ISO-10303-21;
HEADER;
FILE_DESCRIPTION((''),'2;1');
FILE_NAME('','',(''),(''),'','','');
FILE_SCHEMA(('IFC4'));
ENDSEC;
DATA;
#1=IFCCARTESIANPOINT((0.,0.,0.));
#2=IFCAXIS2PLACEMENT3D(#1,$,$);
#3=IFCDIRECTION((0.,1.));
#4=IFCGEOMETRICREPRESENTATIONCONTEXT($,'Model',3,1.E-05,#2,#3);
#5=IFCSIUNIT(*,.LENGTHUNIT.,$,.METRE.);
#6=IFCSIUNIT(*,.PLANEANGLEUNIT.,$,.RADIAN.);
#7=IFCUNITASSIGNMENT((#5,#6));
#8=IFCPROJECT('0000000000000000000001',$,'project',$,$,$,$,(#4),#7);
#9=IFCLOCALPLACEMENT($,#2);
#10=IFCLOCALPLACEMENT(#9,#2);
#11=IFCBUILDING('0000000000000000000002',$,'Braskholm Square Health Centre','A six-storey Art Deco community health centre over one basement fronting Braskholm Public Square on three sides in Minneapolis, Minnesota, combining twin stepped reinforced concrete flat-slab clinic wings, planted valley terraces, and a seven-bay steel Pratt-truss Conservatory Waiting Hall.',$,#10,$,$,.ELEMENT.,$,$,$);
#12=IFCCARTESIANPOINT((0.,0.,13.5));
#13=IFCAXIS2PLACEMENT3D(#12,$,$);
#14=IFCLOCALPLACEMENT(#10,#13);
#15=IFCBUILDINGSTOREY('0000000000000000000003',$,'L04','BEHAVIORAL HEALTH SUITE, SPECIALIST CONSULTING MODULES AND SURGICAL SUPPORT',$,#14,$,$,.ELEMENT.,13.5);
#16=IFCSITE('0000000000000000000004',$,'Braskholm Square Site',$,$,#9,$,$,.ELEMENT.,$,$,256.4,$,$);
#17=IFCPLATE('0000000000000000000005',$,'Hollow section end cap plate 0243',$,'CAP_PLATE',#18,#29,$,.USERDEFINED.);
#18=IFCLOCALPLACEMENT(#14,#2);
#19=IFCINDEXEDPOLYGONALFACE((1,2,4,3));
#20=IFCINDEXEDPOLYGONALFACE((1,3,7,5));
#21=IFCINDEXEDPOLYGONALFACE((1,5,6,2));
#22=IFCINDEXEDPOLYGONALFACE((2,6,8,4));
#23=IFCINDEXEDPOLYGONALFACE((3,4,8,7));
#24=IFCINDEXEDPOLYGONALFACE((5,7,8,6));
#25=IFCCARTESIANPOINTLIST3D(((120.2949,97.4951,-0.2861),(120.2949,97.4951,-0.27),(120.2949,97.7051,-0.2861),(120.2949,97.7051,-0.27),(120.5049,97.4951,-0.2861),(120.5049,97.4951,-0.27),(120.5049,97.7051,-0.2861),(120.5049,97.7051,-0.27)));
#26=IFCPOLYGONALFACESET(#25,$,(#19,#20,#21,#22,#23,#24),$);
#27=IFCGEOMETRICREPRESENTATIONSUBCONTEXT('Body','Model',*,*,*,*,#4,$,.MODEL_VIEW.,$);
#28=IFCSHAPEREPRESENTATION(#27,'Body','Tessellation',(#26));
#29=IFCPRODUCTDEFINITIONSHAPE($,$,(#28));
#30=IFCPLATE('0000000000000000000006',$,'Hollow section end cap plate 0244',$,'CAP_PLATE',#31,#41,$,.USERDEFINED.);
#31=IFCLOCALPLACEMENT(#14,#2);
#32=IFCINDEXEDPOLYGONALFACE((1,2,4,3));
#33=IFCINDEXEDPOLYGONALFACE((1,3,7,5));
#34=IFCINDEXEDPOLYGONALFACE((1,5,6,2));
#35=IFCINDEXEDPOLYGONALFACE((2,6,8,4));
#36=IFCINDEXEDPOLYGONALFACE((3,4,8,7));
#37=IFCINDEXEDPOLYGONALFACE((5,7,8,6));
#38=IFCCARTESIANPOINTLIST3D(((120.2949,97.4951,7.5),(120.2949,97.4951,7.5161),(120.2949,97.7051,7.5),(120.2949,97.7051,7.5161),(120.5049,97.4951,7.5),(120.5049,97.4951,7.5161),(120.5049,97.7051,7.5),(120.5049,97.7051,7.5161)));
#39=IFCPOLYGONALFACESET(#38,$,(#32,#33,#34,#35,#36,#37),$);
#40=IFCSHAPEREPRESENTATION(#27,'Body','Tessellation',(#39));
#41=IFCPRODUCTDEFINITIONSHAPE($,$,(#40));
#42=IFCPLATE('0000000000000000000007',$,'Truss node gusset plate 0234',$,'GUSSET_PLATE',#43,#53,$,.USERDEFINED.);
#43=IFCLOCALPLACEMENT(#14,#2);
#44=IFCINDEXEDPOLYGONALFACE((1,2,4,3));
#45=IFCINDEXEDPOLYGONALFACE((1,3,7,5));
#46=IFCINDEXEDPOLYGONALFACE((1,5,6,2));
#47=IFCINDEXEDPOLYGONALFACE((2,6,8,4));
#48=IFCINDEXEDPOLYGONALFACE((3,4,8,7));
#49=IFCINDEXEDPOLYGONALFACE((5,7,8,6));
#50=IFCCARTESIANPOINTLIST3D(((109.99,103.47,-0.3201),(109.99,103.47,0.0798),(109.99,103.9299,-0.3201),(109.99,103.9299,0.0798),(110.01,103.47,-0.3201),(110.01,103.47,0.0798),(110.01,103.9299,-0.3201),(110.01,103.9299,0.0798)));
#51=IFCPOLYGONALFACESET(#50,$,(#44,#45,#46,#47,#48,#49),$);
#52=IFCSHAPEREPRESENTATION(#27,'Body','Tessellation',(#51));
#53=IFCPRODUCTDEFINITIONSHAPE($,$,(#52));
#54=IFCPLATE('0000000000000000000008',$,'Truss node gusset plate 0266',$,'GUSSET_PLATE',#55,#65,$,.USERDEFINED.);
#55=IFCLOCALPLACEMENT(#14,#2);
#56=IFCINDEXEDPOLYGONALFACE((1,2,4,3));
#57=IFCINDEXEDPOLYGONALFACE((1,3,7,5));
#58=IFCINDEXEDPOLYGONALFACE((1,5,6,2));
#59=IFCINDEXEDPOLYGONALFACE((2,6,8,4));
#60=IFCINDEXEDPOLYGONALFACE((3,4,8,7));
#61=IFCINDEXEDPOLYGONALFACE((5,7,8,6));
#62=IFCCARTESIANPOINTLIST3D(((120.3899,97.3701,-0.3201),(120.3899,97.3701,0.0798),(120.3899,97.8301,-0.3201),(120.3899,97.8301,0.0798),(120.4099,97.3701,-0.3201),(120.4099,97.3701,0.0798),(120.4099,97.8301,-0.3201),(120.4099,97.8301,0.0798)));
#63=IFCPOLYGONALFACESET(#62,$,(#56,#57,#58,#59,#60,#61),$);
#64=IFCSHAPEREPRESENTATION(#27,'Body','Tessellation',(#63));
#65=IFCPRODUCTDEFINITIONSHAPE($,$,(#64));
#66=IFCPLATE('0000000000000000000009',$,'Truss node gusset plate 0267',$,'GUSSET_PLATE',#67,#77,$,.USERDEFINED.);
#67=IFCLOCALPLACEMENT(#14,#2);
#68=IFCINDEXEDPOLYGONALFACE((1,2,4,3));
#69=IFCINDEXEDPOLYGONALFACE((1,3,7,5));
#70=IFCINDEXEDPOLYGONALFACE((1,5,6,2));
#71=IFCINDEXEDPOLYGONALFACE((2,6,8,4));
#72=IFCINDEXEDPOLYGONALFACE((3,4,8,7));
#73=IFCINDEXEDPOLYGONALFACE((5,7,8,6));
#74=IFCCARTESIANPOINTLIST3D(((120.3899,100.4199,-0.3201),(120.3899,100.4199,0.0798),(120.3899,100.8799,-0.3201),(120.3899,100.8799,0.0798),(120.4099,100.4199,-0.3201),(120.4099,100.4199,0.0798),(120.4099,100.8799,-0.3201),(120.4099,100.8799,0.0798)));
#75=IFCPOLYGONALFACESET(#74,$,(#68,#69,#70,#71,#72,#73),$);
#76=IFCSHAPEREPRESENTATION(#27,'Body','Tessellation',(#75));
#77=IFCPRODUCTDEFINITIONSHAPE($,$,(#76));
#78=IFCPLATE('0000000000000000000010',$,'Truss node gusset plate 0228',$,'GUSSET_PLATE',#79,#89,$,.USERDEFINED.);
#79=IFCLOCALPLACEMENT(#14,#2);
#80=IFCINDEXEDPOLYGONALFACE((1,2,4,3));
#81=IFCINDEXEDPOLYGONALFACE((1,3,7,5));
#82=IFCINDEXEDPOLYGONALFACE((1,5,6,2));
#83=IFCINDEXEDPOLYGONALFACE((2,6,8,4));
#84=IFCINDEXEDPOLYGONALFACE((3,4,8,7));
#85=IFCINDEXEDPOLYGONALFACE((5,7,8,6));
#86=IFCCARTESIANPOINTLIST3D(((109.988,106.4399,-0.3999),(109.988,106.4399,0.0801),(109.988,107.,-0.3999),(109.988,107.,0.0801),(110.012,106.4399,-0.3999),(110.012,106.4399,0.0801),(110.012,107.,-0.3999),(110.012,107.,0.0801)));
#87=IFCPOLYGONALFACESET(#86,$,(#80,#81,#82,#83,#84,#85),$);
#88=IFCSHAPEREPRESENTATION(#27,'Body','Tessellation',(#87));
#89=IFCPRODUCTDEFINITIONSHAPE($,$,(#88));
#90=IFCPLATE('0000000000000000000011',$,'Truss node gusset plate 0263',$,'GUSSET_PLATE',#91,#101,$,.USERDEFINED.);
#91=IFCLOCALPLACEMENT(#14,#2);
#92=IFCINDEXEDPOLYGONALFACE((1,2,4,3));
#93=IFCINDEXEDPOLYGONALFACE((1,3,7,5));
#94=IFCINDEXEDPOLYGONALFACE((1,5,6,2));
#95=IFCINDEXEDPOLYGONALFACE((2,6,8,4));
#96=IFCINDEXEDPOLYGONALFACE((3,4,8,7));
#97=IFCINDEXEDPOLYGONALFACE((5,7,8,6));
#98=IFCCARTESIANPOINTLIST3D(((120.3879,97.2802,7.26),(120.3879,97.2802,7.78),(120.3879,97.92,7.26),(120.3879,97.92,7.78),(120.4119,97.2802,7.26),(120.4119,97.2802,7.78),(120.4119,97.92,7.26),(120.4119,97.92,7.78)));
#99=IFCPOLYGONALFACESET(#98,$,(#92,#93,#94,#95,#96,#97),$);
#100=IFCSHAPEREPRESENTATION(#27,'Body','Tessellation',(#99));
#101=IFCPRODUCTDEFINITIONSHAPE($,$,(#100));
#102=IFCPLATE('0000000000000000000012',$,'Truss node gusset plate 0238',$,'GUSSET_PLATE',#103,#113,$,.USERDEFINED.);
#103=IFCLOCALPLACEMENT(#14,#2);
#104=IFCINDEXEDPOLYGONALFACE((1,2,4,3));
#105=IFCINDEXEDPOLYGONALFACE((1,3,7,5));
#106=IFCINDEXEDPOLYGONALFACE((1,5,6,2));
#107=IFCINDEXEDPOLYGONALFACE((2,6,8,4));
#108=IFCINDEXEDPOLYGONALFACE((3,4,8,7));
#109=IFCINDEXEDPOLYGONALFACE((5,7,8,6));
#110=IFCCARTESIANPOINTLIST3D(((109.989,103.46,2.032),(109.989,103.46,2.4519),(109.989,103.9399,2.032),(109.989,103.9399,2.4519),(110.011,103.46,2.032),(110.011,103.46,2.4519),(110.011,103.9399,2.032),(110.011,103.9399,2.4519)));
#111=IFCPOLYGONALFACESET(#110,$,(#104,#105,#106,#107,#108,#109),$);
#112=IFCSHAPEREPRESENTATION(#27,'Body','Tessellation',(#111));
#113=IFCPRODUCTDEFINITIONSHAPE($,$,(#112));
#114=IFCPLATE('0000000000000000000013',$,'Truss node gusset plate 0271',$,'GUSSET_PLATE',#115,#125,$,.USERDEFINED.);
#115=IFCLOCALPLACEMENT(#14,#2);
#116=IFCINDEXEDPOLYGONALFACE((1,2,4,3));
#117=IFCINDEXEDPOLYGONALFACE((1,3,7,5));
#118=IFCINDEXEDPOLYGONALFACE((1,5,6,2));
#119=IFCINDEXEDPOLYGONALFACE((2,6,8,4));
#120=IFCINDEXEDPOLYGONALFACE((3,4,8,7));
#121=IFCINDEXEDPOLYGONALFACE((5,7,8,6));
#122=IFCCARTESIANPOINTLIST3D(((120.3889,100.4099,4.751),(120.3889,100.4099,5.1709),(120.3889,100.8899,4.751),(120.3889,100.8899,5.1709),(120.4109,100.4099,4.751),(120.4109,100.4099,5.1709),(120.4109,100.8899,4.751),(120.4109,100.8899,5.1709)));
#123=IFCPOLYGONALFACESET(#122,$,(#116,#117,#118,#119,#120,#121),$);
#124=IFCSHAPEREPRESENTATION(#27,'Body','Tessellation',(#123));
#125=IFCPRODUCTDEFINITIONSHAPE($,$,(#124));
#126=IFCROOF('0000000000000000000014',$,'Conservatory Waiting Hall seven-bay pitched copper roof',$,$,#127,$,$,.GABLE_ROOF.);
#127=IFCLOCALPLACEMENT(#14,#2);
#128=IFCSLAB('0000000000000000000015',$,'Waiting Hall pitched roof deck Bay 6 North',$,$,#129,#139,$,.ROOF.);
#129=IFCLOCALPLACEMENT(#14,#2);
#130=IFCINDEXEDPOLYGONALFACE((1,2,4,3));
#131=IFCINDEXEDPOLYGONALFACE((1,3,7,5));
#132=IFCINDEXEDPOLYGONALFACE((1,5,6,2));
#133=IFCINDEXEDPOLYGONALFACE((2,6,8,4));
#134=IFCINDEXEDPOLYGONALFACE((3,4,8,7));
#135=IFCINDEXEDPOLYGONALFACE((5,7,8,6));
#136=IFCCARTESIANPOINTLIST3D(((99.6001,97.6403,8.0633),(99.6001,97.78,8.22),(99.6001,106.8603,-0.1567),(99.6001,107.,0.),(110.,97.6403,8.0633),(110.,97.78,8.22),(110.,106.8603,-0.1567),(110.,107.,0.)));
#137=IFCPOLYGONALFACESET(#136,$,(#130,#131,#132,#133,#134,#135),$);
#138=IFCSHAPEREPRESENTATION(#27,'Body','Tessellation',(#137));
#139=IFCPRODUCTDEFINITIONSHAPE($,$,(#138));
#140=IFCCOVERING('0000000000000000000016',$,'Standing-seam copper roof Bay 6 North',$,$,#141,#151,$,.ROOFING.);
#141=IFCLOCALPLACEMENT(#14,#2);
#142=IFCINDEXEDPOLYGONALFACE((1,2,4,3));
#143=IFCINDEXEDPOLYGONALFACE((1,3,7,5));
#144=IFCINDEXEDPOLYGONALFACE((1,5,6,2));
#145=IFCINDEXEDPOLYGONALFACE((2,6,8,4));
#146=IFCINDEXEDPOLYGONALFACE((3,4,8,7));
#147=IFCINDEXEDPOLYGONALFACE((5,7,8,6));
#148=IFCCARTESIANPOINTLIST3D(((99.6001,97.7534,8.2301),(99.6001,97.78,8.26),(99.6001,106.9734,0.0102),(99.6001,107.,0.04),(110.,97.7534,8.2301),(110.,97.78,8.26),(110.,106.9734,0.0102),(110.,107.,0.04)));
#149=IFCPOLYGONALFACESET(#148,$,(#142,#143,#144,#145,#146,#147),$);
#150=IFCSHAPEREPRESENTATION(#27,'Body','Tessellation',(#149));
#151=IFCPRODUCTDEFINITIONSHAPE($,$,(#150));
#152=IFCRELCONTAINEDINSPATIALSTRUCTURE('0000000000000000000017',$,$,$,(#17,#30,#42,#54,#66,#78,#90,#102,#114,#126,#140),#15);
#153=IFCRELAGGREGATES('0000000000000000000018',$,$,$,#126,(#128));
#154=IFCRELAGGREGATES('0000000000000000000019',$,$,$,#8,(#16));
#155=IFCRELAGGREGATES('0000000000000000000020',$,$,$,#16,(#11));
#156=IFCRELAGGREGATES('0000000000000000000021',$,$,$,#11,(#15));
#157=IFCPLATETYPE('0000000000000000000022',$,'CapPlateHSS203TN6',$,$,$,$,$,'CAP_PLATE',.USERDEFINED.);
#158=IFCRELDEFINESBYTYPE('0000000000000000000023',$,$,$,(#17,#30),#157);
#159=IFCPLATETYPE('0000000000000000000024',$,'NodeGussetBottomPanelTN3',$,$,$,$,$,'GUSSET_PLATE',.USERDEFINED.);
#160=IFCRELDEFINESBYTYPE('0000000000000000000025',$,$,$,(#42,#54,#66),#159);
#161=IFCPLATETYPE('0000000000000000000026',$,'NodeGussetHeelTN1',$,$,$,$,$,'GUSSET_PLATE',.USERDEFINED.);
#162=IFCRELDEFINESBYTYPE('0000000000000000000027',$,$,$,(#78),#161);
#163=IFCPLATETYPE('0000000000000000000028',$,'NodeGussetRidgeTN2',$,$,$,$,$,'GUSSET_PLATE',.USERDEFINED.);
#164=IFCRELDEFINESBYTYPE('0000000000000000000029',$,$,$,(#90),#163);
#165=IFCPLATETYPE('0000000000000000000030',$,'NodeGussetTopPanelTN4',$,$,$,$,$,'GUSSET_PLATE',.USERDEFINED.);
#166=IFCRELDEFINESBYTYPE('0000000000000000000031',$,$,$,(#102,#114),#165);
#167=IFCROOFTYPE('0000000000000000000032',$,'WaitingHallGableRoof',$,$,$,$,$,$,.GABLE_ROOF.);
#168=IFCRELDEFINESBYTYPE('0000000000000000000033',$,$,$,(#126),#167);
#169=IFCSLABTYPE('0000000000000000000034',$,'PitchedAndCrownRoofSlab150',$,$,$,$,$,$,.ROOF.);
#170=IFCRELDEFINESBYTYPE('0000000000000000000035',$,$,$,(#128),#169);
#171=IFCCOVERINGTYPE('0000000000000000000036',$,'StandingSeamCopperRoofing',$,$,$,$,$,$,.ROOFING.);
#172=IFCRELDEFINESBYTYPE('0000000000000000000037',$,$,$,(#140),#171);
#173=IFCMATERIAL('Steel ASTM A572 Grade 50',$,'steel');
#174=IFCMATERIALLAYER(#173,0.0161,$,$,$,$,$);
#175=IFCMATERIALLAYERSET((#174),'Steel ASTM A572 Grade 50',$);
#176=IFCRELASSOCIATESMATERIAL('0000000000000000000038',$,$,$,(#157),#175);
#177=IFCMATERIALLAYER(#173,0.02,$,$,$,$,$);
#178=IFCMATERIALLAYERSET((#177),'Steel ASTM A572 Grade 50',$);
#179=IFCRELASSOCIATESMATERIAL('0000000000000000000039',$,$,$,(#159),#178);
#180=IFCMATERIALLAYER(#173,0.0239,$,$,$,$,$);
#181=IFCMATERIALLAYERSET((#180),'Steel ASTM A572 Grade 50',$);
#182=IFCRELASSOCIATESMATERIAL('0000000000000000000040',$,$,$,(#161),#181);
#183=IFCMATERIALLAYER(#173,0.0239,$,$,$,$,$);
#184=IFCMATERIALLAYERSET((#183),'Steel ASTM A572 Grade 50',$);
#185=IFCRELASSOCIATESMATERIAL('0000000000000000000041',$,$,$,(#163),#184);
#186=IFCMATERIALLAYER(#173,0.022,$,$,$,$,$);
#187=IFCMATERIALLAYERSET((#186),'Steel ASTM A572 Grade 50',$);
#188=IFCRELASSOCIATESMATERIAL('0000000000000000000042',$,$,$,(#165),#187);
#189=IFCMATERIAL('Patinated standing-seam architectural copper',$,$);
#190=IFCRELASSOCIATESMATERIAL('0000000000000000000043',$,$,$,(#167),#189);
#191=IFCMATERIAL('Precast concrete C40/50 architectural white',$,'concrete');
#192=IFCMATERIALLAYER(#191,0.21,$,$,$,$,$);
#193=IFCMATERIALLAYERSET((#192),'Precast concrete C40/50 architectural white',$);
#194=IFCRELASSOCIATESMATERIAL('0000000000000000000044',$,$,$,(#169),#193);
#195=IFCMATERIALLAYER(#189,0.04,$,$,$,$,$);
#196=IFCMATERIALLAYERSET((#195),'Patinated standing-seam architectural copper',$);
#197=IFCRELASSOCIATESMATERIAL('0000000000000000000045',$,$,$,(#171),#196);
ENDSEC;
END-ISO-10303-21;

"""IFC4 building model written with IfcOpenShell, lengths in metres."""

from ifc_helpers import new_model, si_unit, direction, frame, origin, origin_2d, place, context, subcontext, project, spatial, polyline, rectangle, outline, extrude, material, layer, layer_set, type_object, element, aggregate, save


model = new_model("IFC4")

# Units and contexts
model_context = context("Model", 3, precision=1e-05, world=origin(), true_north=direction((0.0, 1.0)))
body_context = subcontext(model_context, "Body", "Model", "MODEL_VIEW")
ifc_project = project(units=[si_unit("LENGTHUNIT", "METRE"), si_unit("PLANEANGLEUNIT", "RADIAN")], contexts=[model_context])

# Site, building, storey
site_placement = place(None, origin())
site = spatial("IfcSite", under=ifc_project, at=site_placement, Name="Braskholm Square Site", CompositionType="ELEMENT", RefElevation=256.4)
building_placement = place(site_placement, origin())
building = spatial("IfcBuilding", under=site, at=building_placement, Name="Braskholm Square Health Centre", Description="A six-storey Art Deco community health centre over one basement fronting Braskholm Public Square on three sides in Minneapolis, Minnesota, combining twin stepped reinforced concrete flat-slab clinic wings, planted valley terraces, and a seven-bay steel Pratt-truss Conservatory Waiting Hall.", CompositionType="ELEMENT")
storey_placement = place(building_placement, frame((0.0, 0.0, 13.5)))
storey = spatial("IfcBuildingStorey", under=building, at=storey_placement, Name="L04", Description="BEHAVIORAL HEALTH SUITE, SPECIALIST CONSULTING MODULES AND SURGICAL SUPPORT", CompositionType="ELEMENT", Elevation=13.5)

# Plates
ifc_material_1 = material(Name="Steel ASTM A572 Grade 50", Category="steel")
ifc_layer_1 = layer(ifc_material_1, 0.0161)
ifc_layer_set_1 = layer_set([ifc_layer_1], Name="Steel ASTM A572 Grade 50")
plate_type_1 = type_object("IfcPlateType", Name="CapPlateHSS203TN6", ElementType="CAP_PLATE", PredefinedType="USERDEFINED", material=ifc_layer_set_1)
for number, where, z_axis, x_axis, name in (
    (1, (120.3999, 97.6001, -0.2861), (0.0, 0.0, 1.0), (1.0, 0.0, 0.0), "Hollow section end cap plate 0243"),
    (2, (120.3999, 97.6001, 7.5), (0.0, 0.0, 1.0), (1.0, 0.0, 0.0), "Hollow section end cap plate 0244"),
):
    element("IfcPlate", number, at=place(storey_placement, frame(where, z_axis=z_axis, x_axis=x_axis)), inside=storey, type_object=plate_type_1, Name=name, ObjectType="CAP_PLATE", PredefinedType="USERDEFINED", context=body_context, shape_type="SweptSolid", body=[
        extrude(rectangle(XDim=0.21, YDim=0.21, at=origin_2d()), origin(), (0.0, 0.0, 1.0), 0.0161),
    ])
ifc_layer_2 = layer(ifc_material_1, 0.02)
ifc_layer_set_2 = layer_set([ifc_layer_2], Name="Steel ASTM A572 Grade 50")
plate_type_2 = type_object("IfcPlateType", Name="NodeGussetBottomPanelTN3", ElementType="GUSSET_PLATE", PredefinedType="USERDEFINED", material=ifc_layer_set_2)
for number, where, z_axis, x_axis, name in (
    (3, (110.0, 103.7, -0.3201), (0.0, 0.0, 1.0), (1.0, 0.0, 0.0), "Truss node gusset plate 0234"),
    (4, (120.3999, 97.6001, -0.3201), (0.0, 0.0, 1.0), (1.0, 0.0, 0.0), "Truss node gusset plate 0266"),
    (5, (120.3999, 100.6499, -0.3201), (0.0, 0.0, 1.0), (1.0, 0.0, 0.0), "Truss node gusset plate 0267"),
):
    element("IfcPlate", number, at=place(storey_placement, frame(where, z_axis=z_axis, x_axis=x_axis)), inside=storey, type_object=plate_type_2, Name=name, ObjectType="GUSSET_PLATE", PredefinedType="USERDEFINED", context=body_context, shape_type="SweptSolid", body=[
        extrude(rectangle(XDim=0.02, YDim=0.46, at=origin_2d()), origin(), (0.0, 0.0, 1.0), 0.3999),
    ])
ifc_layer_3 = layer(ifc_material_1, 0.0239)
ifc_layer_set_3 = layer_set([ifc_layer_3], Name="Steel ASTM A572 Grade 50")
plate_type_3 = type_object("IfcPlateType", Name="NodeGussetHeelTN1", ElementType="GUSSET_PLATE", PredefinedType="USERDEFINED", material=ifc_layer_set_3)
plate_1_placement = place(storey_placement, frame((110.0, 106.72, -0.3999), z_axis=(0.0, 0.0, 1.0), x_axis=(1.0, 0.0, 0.0)))
element("IfcPlate", 6, at=plate_1_placement, inside=storey, type_object=plate_type_3, Name="Truss node gusset plate 0228", ObjectType="GUSSET_PLATE", PredefinedType="USERDEFINED", context=body_context, shape_type="SweptSolid", body=[
    extrude(rectangle(XDim=0.0239, YDim=0.5601, at=origin_2d()), origin(), (0.0, 0.0, 1.0), 0.48),
])
ifc_layer_4 = layer(ifc_material_1, 0.0239)
ifc_layer_set_4 = layer_set([ifc_layer_4], Name="Steel ASTM A572 Grade 50")
plate_type_4 = type_object("IfcPlateType", Name="NodeGussetRidgeTN2", ElementType="GUSSET_PLATE", PredefinedType="USERDEFINED", material=ifc_layer_set_4)
plate_2_placement = place(storey_placement, frame((120.3999, 97.6001, 7.26), z_axis=(0.0, 0.0, 1.0), x_axis=(1.0, 0.0, 0.0)))
element("IfcPlate", 7, at=plate_2_placement, inside=storey, type_object=plate_type_4, Name="Truss node gusset plate 0263", ObjectType="GUSSET_PLATE", PredefinedType="USERDEFINED", context=body_context, shape_type="SweptSolid", body=[
    extrude(rectangle(XDim=0.0239, YDim=0.6399, at=origin_2d()), origin(), (0.0, 0.0, 1.0), 0.52),
])
ifc_layer_5 = layer(ifc_material_1, 0.022)
ifc_layer_set_5 = layer_set([ifc_layer_5], Name="Steel ASTM A572 Grade 50")
plate_type_5 = type_object("IfcPlateType", Name="NodeGussetTopPanelTN4", ElementType="GUSSET_PLATE", PredefinedType="USERDEFINED", material=ifc_layer_set_5)
for number, where, z_axis, x_axis, name in (
    (8, (110.0, 103.7, 2.032), (0.0, 0.0, 1.0), (1.0, 0.0, 0.0), "Truss node gusset plate 0238"),
    (9, (120.3999, 100.6499, 4.751), (0.0, 0.0, 1.0), (1.0, 0.0, 0.0), "Truss node gusset plate 0271"),
):
    element("IfcPlate", number, at=place(storey_placement, frame(where, z_axis=z_axis, x_axis=x_axis)), inside=storey, type_object=plate_type_5, Name=name, ObjectType="GUSSET_PLATE", PredefinedType="USERDEFINED", context=body_context, shape_type="SweptSolid", body=[
        extrude(rectangle(XDim=0.022, YDim=0.48, at=origin_2d()), origin(), (0.0, 0.0, 1.0), 0.4199),
    ])

# Roof, slab
ifc_material_2 = material(Name="Patinated standing-seam architectural copper")
roof_type = type_object("IfcRoofType", Name="WaitingHallGableRoof", PredefinedType="GABLE_ROOF", material=ifc_material_2)
roof_placement = place(storey_placement, origin())
roof = element("IfcRoof", 10, at=roof_placement, inside=storey, type_object=roof_type, Name="Conservatory Waiting Hall seven-bay pitched copper roof", PredefinedType="GABLE_ROOF")
ifc_material_3 = material(Name="Precast concrete C40/50 architectural white", Category="concrete")
ifc_layer_6 = layer(ifc_material_3, 0.21)
ifc_layer_set_6 = layer_set([ifc_layer_6], Name="Precast concrete C40/50 architectural white")
slab_type = type_object("IfcSlabType", Name="PitchedAndCrownRoofSlab150", PredefinedType="ROOF", material=ifc_layer_set_6)
slab_placement = place(storey_placement, frame((110.0, 107.0, 0.0), z_axis=(0.0, 0.665468, 0.746426), x_axis=(-1.0, 0.0, 0.0)))
slab = element("IfcSlab", 11, at=slab_placement, type_object=slab_type, Name="Waiting Hall pitched roof deck Bay 6 North", PredefinedType="ROOF", context=body_context, shape_type="SweptSolid", body=[
    extrude(outline(polyline([(0.0, 0.0), (10.3999, 0.0), (10.3999, 12.3522), (0.0, 12.3522), (0.0, 0.0)])), origin(), (0.0, 0.0, -1.0), 0.21),
])
aggregate(roof, [slab])

# Covering
ifc_layer_7 = layer(ifc_material_2, 0.04)
ifc_layer_set_7 = layer_set([ifc_layer_7], Name="Patinated standing-seam architectural copper")
covering_type = type_object("IfcCoveringType", Name="StandingSeamCopperRoofing", PredefinedType="ROOFING", material=ifc_layer_set_7)
covering_placement = place(storey_placement, frame((110.0, 107.0, 0.04), z_axis=(0.0, 0.665468, 0.746426), x_axis=(-1.0, 0.0, 0.0)))
element("IfcCovering", 12, at=covering_placement, inside=storey, type_object=covering_type, Name="Standing-seam copper roof Bay 6 North", PredefinedType="ROOFING", context=body_context, shape_type="SweptSolid", body=[
    extrude(outline(polyline([(0.0, 0.0), (10.3999, 0.0), (10.3999, 12.3522), (0.0, 12.3522), (0.0, 0.0)])), origin(), (0.0, 0.0, -1.0), 0.04),
])

save(model, "model.ifc")
